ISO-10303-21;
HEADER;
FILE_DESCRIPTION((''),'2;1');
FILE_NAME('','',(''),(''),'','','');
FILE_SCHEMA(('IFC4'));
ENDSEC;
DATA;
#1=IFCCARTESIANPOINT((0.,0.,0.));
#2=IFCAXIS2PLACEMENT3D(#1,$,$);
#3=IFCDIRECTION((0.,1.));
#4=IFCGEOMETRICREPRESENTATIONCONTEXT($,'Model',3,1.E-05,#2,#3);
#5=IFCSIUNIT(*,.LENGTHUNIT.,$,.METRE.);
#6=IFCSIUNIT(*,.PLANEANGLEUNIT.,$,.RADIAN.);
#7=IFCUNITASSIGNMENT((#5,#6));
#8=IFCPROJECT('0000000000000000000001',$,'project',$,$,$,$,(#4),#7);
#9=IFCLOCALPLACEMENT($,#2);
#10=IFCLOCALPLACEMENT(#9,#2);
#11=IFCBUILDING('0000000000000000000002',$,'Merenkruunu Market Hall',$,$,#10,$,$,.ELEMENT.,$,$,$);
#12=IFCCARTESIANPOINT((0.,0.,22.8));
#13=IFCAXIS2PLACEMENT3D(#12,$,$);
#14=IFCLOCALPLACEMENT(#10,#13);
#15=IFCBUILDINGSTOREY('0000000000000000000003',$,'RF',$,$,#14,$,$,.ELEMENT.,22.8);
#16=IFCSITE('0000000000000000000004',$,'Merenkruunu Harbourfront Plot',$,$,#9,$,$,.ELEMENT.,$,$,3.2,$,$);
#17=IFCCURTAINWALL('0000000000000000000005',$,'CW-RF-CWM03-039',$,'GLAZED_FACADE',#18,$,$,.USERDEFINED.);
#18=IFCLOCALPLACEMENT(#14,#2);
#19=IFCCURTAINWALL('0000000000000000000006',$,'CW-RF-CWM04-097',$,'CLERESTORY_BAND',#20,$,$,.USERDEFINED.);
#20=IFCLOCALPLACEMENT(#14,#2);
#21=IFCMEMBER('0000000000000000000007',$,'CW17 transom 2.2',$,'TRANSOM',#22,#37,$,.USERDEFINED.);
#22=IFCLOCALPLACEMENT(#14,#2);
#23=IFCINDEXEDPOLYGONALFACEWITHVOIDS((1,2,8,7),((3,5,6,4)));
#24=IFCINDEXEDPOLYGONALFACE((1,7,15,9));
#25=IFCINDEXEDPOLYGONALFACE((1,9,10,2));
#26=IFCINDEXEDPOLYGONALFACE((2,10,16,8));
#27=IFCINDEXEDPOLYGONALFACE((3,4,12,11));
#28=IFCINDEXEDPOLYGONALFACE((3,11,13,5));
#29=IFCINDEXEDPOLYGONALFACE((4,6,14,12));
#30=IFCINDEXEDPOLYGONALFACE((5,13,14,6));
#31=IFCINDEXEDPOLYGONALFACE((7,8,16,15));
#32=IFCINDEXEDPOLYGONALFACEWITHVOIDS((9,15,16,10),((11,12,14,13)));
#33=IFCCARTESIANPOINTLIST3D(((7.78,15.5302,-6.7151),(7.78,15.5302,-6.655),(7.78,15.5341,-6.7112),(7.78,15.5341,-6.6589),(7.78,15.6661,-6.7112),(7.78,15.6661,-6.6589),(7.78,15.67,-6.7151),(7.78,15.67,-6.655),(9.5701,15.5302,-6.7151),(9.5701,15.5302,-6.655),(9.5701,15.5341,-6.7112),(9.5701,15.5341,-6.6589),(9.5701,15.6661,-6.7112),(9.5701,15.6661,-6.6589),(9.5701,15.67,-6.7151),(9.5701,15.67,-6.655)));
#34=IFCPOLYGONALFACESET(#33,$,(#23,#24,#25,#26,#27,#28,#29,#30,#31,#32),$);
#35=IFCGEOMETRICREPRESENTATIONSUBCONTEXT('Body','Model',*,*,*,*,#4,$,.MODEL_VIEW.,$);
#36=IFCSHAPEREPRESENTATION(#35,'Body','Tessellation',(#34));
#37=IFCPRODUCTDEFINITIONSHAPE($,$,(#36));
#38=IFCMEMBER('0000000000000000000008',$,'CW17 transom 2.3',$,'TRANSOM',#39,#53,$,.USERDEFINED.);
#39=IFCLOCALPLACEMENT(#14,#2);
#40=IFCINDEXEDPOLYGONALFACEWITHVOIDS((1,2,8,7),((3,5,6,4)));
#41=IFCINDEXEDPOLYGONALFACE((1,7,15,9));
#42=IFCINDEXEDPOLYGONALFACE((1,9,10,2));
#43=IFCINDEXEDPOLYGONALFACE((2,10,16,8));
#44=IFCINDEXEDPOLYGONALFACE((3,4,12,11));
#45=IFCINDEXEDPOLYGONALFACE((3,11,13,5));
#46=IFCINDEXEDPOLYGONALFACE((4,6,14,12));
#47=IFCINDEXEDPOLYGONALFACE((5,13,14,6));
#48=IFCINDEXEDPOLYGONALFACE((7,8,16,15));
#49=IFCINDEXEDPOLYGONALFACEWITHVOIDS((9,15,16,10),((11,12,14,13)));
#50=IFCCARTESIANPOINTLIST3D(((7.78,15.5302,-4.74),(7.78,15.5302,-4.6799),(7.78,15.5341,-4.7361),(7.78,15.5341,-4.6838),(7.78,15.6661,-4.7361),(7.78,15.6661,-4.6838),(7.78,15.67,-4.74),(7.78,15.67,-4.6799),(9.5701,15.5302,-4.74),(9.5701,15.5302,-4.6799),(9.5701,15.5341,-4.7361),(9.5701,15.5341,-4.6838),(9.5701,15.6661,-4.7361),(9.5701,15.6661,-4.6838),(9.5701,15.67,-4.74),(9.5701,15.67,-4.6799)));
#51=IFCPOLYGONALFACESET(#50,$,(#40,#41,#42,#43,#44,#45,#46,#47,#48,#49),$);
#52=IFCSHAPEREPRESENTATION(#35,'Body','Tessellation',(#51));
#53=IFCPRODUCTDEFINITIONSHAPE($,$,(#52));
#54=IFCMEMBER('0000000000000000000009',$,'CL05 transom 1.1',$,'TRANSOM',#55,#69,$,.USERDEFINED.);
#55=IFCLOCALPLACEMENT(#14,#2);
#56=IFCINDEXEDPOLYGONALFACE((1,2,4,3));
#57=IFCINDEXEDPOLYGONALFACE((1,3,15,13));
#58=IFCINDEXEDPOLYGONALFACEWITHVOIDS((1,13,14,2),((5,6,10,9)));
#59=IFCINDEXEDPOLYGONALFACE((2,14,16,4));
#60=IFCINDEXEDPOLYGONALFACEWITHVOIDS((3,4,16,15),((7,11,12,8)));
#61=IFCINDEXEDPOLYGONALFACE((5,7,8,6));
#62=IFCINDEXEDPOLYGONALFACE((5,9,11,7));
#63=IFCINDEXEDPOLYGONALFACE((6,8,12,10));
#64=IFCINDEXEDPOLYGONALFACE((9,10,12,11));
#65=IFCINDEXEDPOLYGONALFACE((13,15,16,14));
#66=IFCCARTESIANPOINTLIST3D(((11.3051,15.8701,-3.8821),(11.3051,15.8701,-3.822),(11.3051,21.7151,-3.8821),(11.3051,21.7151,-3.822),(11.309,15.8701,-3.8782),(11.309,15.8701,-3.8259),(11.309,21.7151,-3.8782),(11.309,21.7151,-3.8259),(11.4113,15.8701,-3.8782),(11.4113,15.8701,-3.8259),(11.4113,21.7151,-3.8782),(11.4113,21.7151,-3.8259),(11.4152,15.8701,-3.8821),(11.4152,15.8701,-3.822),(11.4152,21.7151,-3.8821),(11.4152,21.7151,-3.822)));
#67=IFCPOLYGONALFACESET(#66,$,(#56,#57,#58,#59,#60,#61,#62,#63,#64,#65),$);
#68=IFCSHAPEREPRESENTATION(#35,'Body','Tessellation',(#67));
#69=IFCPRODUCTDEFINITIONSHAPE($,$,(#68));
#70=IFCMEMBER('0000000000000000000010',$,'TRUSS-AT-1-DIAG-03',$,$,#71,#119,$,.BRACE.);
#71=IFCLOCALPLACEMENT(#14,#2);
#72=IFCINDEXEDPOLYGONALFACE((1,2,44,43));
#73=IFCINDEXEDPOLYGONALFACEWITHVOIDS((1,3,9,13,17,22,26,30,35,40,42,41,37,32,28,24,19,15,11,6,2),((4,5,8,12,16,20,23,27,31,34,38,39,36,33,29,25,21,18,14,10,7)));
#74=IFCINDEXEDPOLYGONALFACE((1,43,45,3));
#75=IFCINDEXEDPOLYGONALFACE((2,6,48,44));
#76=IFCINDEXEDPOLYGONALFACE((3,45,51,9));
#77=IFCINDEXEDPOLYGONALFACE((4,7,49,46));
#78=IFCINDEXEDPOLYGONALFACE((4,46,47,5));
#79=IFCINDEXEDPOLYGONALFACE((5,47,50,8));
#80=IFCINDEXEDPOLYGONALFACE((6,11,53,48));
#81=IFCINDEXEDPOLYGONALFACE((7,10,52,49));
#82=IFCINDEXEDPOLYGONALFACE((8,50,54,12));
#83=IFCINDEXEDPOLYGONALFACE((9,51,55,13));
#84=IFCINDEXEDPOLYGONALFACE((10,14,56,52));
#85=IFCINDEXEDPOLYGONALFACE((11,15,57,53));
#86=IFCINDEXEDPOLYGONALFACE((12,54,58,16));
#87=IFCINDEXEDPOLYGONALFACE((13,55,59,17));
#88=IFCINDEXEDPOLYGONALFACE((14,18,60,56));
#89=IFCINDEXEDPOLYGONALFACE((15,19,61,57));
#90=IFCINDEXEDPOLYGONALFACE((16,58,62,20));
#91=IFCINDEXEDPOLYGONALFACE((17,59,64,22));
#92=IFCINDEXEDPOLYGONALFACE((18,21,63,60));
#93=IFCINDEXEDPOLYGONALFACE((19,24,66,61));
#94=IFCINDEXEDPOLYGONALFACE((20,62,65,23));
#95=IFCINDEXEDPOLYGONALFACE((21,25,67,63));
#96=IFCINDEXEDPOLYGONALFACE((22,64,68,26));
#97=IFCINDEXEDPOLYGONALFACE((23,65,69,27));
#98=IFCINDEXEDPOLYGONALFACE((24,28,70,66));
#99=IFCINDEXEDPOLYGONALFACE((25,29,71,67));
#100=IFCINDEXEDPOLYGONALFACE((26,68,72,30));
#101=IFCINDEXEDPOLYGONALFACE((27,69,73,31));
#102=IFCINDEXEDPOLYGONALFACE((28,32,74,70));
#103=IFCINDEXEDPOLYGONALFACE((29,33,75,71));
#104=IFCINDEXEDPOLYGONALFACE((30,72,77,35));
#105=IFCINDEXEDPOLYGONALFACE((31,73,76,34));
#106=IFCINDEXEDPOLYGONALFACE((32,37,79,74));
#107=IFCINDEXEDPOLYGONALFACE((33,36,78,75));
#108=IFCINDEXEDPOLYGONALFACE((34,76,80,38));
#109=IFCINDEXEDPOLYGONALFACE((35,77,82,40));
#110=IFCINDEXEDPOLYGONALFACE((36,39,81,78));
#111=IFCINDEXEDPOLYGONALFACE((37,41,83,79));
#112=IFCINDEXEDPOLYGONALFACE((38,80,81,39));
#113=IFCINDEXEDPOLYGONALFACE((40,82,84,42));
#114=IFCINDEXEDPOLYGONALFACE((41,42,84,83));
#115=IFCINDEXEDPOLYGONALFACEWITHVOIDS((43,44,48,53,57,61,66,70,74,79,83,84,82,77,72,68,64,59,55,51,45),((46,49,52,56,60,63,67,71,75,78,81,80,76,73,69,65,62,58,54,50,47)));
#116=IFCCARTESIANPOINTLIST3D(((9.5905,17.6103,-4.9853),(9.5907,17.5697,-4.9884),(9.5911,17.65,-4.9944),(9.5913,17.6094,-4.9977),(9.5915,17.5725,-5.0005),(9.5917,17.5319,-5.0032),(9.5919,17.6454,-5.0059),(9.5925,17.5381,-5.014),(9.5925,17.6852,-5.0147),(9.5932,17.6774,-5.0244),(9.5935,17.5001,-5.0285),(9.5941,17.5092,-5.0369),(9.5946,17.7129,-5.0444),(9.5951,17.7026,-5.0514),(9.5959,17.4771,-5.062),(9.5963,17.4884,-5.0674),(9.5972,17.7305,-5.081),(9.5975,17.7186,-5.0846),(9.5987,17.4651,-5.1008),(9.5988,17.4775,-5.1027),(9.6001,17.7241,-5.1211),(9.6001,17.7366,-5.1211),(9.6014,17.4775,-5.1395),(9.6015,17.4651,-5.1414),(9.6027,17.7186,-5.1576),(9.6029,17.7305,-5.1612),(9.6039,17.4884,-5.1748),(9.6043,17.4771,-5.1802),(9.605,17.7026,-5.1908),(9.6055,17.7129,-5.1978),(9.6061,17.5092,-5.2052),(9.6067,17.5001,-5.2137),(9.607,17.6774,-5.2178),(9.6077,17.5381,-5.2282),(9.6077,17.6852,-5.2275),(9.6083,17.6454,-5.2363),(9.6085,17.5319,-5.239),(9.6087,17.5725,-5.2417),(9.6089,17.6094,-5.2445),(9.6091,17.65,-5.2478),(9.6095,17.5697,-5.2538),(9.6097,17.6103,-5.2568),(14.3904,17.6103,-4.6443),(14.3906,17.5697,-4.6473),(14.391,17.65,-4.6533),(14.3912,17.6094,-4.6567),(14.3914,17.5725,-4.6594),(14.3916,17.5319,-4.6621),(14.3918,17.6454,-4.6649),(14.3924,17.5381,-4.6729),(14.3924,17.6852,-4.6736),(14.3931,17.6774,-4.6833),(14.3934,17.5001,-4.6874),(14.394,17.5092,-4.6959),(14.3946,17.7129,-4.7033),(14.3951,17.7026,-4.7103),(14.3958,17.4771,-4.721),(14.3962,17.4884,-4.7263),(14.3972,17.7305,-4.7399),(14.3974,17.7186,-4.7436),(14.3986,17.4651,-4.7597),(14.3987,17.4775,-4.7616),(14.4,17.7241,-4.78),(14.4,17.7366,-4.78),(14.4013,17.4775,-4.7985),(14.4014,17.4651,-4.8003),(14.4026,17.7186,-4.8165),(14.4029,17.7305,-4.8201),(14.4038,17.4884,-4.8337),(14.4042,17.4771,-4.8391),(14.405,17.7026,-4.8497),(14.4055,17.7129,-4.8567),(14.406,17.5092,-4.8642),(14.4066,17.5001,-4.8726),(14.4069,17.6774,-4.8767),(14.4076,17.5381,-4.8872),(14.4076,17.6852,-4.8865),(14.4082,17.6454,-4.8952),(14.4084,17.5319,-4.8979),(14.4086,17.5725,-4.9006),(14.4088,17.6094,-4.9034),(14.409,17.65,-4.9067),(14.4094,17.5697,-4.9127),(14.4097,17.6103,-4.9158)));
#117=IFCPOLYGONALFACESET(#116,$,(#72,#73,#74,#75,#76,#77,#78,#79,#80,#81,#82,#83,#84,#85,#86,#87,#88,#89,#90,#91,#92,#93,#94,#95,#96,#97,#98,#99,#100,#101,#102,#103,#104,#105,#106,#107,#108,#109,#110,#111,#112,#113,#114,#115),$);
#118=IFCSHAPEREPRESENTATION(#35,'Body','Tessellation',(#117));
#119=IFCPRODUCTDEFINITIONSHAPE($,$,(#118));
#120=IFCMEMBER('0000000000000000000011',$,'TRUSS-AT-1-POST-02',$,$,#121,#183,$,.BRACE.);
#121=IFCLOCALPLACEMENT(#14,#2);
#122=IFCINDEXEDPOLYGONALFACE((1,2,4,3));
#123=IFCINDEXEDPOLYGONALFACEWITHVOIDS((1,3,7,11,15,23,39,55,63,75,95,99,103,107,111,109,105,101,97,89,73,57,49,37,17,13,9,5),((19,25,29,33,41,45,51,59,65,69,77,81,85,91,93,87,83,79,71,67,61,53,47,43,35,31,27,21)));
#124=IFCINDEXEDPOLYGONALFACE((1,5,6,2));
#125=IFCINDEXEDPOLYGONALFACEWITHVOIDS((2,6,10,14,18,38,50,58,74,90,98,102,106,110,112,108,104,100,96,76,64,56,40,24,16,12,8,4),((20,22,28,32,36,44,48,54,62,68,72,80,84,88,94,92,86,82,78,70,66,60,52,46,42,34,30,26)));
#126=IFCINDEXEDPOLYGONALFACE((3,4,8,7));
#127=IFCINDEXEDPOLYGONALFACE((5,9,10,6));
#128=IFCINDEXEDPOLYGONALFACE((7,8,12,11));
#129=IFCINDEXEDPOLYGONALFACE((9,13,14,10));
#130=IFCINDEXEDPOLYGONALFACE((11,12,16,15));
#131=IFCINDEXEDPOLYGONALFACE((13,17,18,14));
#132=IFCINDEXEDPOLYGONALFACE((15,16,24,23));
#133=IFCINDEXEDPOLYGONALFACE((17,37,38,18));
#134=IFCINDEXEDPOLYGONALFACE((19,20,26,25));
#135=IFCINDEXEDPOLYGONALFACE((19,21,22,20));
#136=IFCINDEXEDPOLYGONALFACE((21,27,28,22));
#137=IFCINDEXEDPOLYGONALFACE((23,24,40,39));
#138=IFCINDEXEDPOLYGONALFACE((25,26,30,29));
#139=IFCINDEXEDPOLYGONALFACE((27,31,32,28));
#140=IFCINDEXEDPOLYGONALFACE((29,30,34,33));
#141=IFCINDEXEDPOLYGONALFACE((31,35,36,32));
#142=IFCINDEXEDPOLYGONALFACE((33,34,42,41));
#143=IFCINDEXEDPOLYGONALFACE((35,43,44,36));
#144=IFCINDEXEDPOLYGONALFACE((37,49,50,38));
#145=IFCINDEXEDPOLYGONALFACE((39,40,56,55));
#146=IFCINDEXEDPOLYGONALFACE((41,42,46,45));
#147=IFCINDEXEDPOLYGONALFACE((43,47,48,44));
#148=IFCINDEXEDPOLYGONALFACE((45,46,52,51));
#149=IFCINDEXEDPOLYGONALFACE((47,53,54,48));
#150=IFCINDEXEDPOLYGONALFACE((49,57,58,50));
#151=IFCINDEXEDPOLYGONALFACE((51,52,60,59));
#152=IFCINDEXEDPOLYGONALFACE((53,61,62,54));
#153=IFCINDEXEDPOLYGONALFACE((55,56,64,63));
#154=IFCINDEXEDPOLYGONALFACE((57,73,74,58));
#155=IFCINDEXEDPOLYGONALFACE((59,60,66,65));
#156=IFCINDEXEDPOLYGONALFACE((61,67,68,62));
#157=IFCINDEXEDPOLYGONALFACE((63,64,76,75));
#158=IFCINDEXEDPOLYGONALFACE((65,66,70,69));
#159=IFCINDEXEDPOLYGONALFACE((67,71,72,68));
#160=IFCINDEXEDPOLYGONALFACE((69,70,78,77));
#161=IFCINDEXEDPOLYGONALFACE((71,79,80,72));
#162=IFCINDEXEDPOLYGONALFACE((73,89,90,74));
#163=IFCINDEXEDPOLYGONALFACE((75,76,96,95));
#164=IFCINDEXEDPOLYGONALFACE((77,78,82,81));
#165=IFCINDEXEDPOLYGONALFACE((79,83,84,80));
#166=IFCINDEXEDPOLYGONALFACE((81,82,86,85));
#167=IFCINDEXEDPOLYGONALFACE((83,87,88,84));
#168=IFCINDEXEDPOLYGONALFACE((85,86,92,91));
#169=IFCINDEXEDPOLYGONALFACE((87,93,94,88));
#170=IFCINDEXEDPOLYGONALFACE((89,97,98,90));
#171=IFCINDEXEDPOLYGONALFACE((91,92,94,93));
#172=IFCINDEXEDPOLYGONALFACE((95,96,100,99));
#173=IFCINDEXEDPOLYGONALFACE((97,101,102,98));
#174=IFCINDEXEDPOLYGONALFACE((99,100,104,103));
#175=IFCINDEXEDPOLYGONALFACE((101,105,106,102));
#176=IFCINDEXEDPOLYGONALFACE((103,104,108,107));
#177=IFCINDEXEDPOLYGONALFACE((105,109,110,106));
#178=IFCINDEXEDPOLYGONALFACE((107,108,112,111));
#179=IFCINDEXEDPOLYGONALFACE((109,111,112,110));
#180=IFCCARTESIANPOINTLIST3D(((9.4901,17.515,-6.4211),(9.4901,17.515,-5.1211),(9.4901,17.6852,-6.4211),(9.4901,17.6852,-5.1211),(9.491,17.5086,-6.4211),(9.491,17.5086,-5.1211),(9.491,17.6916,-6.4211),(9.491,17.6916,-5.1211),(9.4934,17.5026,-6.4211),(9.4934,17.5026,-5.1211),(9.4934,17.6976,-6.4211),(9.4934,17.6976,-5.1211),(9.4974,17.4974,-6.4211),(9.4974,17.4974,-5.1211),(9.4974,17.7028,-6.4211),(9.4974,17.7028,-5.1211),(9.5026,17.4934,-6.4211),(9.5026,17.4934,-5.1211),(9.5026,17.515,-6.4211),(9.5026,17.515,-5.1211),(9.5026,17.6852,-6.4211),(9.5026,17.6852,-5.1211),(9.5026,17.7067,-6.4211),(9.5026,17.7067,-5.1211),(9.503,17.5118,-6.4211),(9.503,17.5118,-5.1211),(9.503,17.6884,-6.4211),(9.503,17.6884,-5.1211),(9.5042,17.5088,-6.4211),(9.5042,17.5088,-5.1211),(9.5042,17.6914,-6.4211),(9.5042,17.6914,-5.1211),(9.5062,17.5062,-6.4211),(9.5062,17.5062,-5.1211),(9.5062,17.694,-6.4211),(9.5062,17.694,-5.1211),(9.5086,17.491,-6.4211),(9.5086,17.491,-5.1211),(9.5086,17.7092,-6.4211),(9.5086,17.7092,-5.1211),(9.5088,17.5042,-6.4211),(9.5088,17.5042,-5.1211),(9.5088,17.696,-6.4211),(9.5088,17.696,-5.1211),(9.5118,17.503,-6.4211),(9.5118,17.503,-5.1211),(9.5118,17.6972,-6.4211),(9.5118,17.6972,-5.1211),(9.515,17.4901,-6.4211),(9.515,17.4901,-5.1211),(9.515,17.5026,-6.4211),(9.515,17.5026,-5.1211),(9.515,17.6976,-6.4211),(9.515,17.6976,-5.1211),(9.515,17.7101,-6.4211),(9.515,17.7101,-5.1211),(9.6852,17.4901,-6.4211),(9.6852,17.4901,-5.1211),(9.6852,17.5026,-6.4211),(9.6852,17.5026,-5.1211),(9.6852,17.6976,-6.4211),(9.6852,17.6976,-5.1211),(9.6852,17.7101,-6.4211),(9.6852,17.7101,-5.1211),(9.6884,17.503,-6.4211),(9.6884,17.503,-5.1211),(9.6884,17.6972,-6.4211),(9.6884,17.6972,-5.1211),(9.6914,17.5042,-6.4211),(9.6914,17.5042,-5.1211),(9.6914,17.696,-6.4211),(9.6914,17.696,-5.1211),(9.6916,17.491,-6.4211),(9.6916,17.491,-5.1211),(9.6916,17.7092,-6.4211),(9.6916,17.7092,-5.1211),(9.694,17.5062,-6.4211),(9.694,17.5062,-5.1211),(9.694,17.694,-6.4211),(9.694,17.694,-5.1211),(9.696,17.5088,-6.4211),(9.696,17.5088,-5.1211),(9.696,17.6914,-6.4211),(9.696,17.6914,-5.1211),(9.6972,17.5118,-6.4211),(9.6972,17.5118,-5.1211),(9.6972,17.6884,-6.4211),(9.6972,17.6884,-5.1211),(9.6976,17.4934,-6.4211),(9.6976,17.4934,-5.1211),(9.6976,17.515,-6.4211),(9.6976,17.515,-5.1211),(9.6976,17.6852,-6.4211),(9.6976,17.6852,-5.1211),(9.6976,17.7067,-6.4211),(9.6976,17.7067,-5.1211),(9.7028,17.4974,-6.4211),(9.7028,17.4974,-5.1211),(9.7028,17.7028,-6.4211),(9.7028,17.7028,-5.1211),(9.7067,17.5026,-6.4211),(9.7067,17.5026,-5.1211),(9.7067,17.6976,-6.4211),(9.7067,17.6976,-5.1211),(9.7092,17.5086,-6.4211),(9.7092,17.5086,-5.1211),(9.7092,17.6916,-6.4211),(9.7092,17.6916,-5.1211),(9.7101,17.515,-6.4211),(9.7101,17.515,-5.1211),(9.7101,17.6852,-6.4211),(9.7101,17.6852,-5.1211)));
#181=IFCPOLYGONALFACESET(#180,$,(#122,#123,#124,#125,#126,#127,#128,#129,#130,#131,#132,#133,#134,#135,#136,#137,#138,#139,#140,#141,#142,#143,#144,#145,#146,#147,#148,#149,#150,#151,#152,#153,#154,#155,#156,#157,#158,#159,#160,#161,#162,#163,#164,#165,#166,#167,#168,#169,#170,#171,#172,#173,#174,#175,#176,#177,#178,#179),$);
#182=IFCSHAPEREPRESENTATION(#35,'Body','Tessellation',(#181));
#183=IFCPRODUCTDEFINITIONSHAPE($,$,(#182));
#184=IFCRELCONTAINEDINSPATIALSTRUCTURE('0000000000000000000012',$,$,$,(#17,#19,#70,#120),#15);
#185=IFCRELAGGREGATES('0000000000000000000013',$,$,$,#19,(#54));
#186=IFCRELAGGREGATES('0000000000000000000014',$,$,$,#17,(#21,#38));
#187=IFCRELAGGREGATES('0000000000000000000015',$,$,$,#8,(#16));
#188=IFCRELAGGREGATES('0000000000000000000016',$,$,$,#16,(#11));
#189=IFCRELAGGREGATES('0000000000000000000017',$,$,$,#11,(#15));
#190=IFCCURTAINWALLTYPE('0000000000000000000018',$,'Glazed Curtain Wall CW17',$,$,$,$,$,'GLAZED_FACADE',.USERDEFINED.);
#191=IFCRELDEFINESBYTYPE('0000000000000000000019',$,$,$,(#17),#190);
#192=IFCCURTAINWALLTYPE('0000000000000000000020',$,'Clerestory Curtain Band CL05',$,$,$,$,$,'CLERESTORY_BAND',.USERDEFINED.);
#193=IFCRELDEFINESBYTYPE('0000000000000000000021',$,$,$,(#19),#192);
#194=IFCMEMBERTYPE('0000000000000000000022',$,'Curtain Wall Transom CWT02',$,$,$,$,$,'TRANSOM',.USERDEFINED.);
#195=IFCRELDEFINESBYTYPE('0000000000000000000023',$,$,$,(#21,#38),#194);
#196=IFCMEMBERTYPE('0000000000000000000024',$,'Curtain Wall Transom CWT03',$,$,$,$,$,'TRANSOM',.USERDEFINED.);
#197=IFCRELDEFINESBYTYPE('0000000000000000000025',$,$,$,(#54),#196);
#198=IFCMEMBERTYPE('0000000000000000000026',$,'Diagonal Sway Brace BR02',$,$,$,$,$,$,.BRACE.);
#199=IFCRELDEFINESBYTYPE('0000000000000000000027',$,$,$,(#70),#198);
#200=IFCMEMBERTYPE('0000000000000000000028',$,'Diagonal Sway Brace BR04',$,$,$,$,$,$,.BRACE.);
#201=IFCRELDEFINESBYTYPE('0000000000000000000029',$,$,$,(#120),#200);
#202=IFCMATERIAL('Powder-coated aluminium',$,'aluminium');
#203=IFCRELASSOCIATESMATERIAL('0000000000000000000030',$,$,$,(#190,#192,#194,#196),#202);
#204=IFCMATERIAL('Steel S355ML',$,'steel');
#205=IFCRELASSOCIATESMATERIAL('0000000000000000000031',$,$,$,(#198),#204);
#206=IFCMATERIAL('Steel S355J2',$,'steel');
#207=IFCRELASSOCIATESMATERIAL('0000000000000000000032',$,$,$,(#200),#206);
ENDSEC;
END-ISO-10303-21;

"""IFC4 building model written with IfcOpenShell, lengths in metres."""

from ifc_helpers import new_model, si_unit, direction, frame, origin, origin_2d, place, context, subcontext, project, spatial, hollow_rectangle, hollow_circle, extrude, material, material_profile, profile_set, type_object, element, aggregate, save


model = new_model("IFC4")

# Units and contexts
model_context = context("Model", 3, precision=1e-05, world=origin(), true_north=direction((0.0, 1.0)))
body_context = subcontext(model_context, "Body", "Model", "MODEL_VIEW")
ifc_project = project(units=[si_unit("LENGTHUNIT", "METRE"), si_unit("PLANEANGLEUNIT", "RADIAN")], contexts=[model_context])

# Site, building, storey
site_placement = place(None, origin())
site = spatial("IfcSite", under=ifc_project, at=site_placement, Name="Merenkruunu Harbourfront Plot", CompositionType="ELEMENT", RefElevation=3.2)
building_placement = place(site_placement, origin())
building = spatial("IfcBuilding", under=site, at=building_placement, Name="Merenkruunu Market Hall", CompositionType="ELEMENT")
storey_placement = place(building_placement, frame((0.0, 0.0, 22.8)))
storey = spatial("IfcBuildingStorey", under=building, at=storey_placement, Name="RF", CompositionType="ELEMENT", Elevation=22.8)

# Shared definitions
ifc_material_1 = material(Name="Steel S355ML", Category="steel")

# Curtain wall
ifc_material_2 = material(Name="Powder-coated aluminium", Category="aluminium")
curtain_wall_type_1 = type_object("IfcCurtainWallType", Name="Glazed Curtain Wall CW17", ElementType="GLAZED_FACADE", PredefinedType="USERDEFINED", material=ifc_material_2)
curtain_wall_1_placement = place(storey_placement, origin())
curtain_wall_1 = element("IfcCurtainWall", 1, at=curtain_wall_1_placement, inside=storey, type_object=curtain_wall_type_1, Name="CW-RF-CWM03-039", ObjectType="GLAZED_FACADE", PredefinedType="USERDEFINED")

# Curtain wall
curtain_wall_type_2 = type_object("IfcCurtainWallType", Name="Clerestory Curtain Band CL05", ElementType="CLERESTORY_BAND", PredefinedType="USERDEFINED", material=ifc_material_2)
curtain_wall_2_placement = place(storey_placement, origin())
curtain_wall_2 = element("IfcCurtainWall", 2, at=curtain_wall_2_placement, inside=storey, type_object=curtain_wall_type_2, Name="CW-RF-CWM04-097", ObjectType="CLERESTORY_BAND", PredefinedType="USERDEFINED")

# Members
ifc_material_profile_1 = material_profile(ifc_material_2, hollow_rectangle(XDim=0.0601, YDim=0.1399, WallThickness=0.0039, at=origin_2d()), Name="ALU 60x140x4")
ifc_profile_set_1 = profile_set([ifc_material_profile_1], Name="Powder-coated aluminium")
member_type_1 = type_object("IfcMemberType", Name="Curtain Wall Transom CWT02", ElementType="TRANSOM", PredefinedType="USERDEFINED", material=ifc_profile_set_1)
member_1_placement = place(storey_placement, frame((9.5701, 15.6001, -6.6851), z_axis=(-1.0, 0.0, 0.0), x_axis=(0.0, 0.0, 1.0)))
member_1 = element("IfcMember", 3, at=member_1_placement, type_object=member_type_1, Name="CW17 transom 2.2", ObjectType="TRANSOM", PredefinedType="USERDEFINED", context=body_context, shape_type="SweptSolid", body=[
    extrude(hollow_rectangle(XDim=0.0601, YDim=0.1399, WallThickness=0.0039, at=origin_2d()), origin(), (0.0, 0.0, 1.0), 1.79),
])
member_2_placement = place(storey_placement, frame((9.5701, 15.6001, -4.71), z_axis=(-1.0, 0.0, 0.0), x_axis=(0.0, 0.0, 1.0)))
member_2 = element("IfcMember", 4, at=member_2_placement, type_object=member_type_1, Name="CW17 transom 2.3", ObjectType="TRANSOM", PredefinedType="USERDEFINED", context=body_context, shape_type="SweptSolid", body=[
    extrude(hollow_rectangle(XDim=0.0601, YDim=0.1399, WallThickness=0.0039, at=origin_2d()), origin(), (0.0, 0.0, 1.0), 1.79),
])
ifc_material_profile_2 = material_profile(ifc_material_2, hollow_rectangle(XDim=0.0601, YDim=0.1101, WallThickness=0.0039, at=origin_2d()), Name="ALU 60x110x4")
ifc_profile_set_2 = profile_set([ifc_material_profile_2], Name="Powder-coated aluminium")
member_type_2 = type_object("IfcMemberType", Name="Curtain Wall Transom CWT03", ElementType="TRANSOM", PredefinedType="USERDEFINED", material=ifc_profile_set_2)
member_3_placement = place(storey_placement, frame((11.3601, 15.8701, -3.8521), z_axis=(0.0, 1.0, 0.0), x_axis=(0.0, 0.0, 1.0)))
member_3 = element("IfcMember", 5, at=member_3_placement, type_object=member_type_2, Name="CL05 transom 1.1", ObjectType="TRANSOM", PredefinedType="USERDEFINED", context=body_context, shape_type="SweptSolid", body=[
    extrude(hollow_rectangle(XDim=0.0601, YDim=0.1101, WallThickness=0.0039, at=origin_2d()), origin(), (0.0, 0.0, 1.0), 5.845),
])
aggregate(curtain_wall_2, [member_3])

# Members
ifc_material_profile_3 = material_profile(ifc_material_1, hollow_circle(Radius=0.1365, WallThickness=0.0125, at=origin_2d()), Name="CHS 273x12.5")
ifc_profile_set_3 = profile_set([ifc_material_profile_3], Name="Steel S355ML")
member_type_3 = type_object("IfcMemberType", Name="Diagonal Sway Brace BR02", PredefinedType="BRACE", material=ifc_profile_set_3)
member_4_placement = place(storey_placement, frame((9.6001, 17.6001, -5.1211), z_axis=(0.997485, 0.0, 0.070879), x_axis=(0.0, 1.0, 0.0)))
element("IfcMember", 6, at=member_4_placement, inside=storey, type_object=member_type_3, Name="TRUSS-AT-1-DIAG-03", PredefinedType="BRACE", context=body_context, shape_type="SweptSolid", body=[
    extrude(hollow_circle(Radius=0.1365, WallThickness=0.0125, at=origin_2d()), origin(), (0.0, 0.0, 1.0), 4.812),
])
ifc_material_3 = material(Name="Steel S355J2", Category="steel")
ifc_material_profile_4 = material_profile(ifc_material_3, hollow_rectangle(XDim=0.22, YDim=0.22, WallThickness=0.0125, InnerFilletRadius=0.0125, OuterFilletRadius=0.0249, at=origin_2d()), Name="SHS 220x220x12.5")
ifc_profile_set_4 = profile_set([ifc_material_profile_4], Name="Steel S355J2")
member_type_4 = type_object("IfcMemberType", Name="Diagonal Sway Brace BR04", PredefinedType="BRACE", material=ifc_profile_set_4)
member_5_placement = place(storey_placement, frame((9.6001, 17.6001, -6.4211), z_axis=(0.0, 0.0, 1.0), x_axis=(1.0, 0.0, 0.0)))
element("IfcMember", 7, at=member_5_placement, inside=storey, type_object=member_type_4, Name="TRUSS-AT-1-POST-02", PredefinedType="BRACE", context=body_context, shape_type="SweptSolid", body=[
    extrude(hollow_rectangle(XDim=0.22, YDim=0.22, WallThickness=0.0125, InnerFilletRadius=0.0125, OuterFilletRadius=0.0249, at=origin_2d()), origin(), (0.0, 0.0, 1.0), 1.3),
])

aggregate(curtain_wall_1, [member_1, member_2])

save(model, "model.ifc")
